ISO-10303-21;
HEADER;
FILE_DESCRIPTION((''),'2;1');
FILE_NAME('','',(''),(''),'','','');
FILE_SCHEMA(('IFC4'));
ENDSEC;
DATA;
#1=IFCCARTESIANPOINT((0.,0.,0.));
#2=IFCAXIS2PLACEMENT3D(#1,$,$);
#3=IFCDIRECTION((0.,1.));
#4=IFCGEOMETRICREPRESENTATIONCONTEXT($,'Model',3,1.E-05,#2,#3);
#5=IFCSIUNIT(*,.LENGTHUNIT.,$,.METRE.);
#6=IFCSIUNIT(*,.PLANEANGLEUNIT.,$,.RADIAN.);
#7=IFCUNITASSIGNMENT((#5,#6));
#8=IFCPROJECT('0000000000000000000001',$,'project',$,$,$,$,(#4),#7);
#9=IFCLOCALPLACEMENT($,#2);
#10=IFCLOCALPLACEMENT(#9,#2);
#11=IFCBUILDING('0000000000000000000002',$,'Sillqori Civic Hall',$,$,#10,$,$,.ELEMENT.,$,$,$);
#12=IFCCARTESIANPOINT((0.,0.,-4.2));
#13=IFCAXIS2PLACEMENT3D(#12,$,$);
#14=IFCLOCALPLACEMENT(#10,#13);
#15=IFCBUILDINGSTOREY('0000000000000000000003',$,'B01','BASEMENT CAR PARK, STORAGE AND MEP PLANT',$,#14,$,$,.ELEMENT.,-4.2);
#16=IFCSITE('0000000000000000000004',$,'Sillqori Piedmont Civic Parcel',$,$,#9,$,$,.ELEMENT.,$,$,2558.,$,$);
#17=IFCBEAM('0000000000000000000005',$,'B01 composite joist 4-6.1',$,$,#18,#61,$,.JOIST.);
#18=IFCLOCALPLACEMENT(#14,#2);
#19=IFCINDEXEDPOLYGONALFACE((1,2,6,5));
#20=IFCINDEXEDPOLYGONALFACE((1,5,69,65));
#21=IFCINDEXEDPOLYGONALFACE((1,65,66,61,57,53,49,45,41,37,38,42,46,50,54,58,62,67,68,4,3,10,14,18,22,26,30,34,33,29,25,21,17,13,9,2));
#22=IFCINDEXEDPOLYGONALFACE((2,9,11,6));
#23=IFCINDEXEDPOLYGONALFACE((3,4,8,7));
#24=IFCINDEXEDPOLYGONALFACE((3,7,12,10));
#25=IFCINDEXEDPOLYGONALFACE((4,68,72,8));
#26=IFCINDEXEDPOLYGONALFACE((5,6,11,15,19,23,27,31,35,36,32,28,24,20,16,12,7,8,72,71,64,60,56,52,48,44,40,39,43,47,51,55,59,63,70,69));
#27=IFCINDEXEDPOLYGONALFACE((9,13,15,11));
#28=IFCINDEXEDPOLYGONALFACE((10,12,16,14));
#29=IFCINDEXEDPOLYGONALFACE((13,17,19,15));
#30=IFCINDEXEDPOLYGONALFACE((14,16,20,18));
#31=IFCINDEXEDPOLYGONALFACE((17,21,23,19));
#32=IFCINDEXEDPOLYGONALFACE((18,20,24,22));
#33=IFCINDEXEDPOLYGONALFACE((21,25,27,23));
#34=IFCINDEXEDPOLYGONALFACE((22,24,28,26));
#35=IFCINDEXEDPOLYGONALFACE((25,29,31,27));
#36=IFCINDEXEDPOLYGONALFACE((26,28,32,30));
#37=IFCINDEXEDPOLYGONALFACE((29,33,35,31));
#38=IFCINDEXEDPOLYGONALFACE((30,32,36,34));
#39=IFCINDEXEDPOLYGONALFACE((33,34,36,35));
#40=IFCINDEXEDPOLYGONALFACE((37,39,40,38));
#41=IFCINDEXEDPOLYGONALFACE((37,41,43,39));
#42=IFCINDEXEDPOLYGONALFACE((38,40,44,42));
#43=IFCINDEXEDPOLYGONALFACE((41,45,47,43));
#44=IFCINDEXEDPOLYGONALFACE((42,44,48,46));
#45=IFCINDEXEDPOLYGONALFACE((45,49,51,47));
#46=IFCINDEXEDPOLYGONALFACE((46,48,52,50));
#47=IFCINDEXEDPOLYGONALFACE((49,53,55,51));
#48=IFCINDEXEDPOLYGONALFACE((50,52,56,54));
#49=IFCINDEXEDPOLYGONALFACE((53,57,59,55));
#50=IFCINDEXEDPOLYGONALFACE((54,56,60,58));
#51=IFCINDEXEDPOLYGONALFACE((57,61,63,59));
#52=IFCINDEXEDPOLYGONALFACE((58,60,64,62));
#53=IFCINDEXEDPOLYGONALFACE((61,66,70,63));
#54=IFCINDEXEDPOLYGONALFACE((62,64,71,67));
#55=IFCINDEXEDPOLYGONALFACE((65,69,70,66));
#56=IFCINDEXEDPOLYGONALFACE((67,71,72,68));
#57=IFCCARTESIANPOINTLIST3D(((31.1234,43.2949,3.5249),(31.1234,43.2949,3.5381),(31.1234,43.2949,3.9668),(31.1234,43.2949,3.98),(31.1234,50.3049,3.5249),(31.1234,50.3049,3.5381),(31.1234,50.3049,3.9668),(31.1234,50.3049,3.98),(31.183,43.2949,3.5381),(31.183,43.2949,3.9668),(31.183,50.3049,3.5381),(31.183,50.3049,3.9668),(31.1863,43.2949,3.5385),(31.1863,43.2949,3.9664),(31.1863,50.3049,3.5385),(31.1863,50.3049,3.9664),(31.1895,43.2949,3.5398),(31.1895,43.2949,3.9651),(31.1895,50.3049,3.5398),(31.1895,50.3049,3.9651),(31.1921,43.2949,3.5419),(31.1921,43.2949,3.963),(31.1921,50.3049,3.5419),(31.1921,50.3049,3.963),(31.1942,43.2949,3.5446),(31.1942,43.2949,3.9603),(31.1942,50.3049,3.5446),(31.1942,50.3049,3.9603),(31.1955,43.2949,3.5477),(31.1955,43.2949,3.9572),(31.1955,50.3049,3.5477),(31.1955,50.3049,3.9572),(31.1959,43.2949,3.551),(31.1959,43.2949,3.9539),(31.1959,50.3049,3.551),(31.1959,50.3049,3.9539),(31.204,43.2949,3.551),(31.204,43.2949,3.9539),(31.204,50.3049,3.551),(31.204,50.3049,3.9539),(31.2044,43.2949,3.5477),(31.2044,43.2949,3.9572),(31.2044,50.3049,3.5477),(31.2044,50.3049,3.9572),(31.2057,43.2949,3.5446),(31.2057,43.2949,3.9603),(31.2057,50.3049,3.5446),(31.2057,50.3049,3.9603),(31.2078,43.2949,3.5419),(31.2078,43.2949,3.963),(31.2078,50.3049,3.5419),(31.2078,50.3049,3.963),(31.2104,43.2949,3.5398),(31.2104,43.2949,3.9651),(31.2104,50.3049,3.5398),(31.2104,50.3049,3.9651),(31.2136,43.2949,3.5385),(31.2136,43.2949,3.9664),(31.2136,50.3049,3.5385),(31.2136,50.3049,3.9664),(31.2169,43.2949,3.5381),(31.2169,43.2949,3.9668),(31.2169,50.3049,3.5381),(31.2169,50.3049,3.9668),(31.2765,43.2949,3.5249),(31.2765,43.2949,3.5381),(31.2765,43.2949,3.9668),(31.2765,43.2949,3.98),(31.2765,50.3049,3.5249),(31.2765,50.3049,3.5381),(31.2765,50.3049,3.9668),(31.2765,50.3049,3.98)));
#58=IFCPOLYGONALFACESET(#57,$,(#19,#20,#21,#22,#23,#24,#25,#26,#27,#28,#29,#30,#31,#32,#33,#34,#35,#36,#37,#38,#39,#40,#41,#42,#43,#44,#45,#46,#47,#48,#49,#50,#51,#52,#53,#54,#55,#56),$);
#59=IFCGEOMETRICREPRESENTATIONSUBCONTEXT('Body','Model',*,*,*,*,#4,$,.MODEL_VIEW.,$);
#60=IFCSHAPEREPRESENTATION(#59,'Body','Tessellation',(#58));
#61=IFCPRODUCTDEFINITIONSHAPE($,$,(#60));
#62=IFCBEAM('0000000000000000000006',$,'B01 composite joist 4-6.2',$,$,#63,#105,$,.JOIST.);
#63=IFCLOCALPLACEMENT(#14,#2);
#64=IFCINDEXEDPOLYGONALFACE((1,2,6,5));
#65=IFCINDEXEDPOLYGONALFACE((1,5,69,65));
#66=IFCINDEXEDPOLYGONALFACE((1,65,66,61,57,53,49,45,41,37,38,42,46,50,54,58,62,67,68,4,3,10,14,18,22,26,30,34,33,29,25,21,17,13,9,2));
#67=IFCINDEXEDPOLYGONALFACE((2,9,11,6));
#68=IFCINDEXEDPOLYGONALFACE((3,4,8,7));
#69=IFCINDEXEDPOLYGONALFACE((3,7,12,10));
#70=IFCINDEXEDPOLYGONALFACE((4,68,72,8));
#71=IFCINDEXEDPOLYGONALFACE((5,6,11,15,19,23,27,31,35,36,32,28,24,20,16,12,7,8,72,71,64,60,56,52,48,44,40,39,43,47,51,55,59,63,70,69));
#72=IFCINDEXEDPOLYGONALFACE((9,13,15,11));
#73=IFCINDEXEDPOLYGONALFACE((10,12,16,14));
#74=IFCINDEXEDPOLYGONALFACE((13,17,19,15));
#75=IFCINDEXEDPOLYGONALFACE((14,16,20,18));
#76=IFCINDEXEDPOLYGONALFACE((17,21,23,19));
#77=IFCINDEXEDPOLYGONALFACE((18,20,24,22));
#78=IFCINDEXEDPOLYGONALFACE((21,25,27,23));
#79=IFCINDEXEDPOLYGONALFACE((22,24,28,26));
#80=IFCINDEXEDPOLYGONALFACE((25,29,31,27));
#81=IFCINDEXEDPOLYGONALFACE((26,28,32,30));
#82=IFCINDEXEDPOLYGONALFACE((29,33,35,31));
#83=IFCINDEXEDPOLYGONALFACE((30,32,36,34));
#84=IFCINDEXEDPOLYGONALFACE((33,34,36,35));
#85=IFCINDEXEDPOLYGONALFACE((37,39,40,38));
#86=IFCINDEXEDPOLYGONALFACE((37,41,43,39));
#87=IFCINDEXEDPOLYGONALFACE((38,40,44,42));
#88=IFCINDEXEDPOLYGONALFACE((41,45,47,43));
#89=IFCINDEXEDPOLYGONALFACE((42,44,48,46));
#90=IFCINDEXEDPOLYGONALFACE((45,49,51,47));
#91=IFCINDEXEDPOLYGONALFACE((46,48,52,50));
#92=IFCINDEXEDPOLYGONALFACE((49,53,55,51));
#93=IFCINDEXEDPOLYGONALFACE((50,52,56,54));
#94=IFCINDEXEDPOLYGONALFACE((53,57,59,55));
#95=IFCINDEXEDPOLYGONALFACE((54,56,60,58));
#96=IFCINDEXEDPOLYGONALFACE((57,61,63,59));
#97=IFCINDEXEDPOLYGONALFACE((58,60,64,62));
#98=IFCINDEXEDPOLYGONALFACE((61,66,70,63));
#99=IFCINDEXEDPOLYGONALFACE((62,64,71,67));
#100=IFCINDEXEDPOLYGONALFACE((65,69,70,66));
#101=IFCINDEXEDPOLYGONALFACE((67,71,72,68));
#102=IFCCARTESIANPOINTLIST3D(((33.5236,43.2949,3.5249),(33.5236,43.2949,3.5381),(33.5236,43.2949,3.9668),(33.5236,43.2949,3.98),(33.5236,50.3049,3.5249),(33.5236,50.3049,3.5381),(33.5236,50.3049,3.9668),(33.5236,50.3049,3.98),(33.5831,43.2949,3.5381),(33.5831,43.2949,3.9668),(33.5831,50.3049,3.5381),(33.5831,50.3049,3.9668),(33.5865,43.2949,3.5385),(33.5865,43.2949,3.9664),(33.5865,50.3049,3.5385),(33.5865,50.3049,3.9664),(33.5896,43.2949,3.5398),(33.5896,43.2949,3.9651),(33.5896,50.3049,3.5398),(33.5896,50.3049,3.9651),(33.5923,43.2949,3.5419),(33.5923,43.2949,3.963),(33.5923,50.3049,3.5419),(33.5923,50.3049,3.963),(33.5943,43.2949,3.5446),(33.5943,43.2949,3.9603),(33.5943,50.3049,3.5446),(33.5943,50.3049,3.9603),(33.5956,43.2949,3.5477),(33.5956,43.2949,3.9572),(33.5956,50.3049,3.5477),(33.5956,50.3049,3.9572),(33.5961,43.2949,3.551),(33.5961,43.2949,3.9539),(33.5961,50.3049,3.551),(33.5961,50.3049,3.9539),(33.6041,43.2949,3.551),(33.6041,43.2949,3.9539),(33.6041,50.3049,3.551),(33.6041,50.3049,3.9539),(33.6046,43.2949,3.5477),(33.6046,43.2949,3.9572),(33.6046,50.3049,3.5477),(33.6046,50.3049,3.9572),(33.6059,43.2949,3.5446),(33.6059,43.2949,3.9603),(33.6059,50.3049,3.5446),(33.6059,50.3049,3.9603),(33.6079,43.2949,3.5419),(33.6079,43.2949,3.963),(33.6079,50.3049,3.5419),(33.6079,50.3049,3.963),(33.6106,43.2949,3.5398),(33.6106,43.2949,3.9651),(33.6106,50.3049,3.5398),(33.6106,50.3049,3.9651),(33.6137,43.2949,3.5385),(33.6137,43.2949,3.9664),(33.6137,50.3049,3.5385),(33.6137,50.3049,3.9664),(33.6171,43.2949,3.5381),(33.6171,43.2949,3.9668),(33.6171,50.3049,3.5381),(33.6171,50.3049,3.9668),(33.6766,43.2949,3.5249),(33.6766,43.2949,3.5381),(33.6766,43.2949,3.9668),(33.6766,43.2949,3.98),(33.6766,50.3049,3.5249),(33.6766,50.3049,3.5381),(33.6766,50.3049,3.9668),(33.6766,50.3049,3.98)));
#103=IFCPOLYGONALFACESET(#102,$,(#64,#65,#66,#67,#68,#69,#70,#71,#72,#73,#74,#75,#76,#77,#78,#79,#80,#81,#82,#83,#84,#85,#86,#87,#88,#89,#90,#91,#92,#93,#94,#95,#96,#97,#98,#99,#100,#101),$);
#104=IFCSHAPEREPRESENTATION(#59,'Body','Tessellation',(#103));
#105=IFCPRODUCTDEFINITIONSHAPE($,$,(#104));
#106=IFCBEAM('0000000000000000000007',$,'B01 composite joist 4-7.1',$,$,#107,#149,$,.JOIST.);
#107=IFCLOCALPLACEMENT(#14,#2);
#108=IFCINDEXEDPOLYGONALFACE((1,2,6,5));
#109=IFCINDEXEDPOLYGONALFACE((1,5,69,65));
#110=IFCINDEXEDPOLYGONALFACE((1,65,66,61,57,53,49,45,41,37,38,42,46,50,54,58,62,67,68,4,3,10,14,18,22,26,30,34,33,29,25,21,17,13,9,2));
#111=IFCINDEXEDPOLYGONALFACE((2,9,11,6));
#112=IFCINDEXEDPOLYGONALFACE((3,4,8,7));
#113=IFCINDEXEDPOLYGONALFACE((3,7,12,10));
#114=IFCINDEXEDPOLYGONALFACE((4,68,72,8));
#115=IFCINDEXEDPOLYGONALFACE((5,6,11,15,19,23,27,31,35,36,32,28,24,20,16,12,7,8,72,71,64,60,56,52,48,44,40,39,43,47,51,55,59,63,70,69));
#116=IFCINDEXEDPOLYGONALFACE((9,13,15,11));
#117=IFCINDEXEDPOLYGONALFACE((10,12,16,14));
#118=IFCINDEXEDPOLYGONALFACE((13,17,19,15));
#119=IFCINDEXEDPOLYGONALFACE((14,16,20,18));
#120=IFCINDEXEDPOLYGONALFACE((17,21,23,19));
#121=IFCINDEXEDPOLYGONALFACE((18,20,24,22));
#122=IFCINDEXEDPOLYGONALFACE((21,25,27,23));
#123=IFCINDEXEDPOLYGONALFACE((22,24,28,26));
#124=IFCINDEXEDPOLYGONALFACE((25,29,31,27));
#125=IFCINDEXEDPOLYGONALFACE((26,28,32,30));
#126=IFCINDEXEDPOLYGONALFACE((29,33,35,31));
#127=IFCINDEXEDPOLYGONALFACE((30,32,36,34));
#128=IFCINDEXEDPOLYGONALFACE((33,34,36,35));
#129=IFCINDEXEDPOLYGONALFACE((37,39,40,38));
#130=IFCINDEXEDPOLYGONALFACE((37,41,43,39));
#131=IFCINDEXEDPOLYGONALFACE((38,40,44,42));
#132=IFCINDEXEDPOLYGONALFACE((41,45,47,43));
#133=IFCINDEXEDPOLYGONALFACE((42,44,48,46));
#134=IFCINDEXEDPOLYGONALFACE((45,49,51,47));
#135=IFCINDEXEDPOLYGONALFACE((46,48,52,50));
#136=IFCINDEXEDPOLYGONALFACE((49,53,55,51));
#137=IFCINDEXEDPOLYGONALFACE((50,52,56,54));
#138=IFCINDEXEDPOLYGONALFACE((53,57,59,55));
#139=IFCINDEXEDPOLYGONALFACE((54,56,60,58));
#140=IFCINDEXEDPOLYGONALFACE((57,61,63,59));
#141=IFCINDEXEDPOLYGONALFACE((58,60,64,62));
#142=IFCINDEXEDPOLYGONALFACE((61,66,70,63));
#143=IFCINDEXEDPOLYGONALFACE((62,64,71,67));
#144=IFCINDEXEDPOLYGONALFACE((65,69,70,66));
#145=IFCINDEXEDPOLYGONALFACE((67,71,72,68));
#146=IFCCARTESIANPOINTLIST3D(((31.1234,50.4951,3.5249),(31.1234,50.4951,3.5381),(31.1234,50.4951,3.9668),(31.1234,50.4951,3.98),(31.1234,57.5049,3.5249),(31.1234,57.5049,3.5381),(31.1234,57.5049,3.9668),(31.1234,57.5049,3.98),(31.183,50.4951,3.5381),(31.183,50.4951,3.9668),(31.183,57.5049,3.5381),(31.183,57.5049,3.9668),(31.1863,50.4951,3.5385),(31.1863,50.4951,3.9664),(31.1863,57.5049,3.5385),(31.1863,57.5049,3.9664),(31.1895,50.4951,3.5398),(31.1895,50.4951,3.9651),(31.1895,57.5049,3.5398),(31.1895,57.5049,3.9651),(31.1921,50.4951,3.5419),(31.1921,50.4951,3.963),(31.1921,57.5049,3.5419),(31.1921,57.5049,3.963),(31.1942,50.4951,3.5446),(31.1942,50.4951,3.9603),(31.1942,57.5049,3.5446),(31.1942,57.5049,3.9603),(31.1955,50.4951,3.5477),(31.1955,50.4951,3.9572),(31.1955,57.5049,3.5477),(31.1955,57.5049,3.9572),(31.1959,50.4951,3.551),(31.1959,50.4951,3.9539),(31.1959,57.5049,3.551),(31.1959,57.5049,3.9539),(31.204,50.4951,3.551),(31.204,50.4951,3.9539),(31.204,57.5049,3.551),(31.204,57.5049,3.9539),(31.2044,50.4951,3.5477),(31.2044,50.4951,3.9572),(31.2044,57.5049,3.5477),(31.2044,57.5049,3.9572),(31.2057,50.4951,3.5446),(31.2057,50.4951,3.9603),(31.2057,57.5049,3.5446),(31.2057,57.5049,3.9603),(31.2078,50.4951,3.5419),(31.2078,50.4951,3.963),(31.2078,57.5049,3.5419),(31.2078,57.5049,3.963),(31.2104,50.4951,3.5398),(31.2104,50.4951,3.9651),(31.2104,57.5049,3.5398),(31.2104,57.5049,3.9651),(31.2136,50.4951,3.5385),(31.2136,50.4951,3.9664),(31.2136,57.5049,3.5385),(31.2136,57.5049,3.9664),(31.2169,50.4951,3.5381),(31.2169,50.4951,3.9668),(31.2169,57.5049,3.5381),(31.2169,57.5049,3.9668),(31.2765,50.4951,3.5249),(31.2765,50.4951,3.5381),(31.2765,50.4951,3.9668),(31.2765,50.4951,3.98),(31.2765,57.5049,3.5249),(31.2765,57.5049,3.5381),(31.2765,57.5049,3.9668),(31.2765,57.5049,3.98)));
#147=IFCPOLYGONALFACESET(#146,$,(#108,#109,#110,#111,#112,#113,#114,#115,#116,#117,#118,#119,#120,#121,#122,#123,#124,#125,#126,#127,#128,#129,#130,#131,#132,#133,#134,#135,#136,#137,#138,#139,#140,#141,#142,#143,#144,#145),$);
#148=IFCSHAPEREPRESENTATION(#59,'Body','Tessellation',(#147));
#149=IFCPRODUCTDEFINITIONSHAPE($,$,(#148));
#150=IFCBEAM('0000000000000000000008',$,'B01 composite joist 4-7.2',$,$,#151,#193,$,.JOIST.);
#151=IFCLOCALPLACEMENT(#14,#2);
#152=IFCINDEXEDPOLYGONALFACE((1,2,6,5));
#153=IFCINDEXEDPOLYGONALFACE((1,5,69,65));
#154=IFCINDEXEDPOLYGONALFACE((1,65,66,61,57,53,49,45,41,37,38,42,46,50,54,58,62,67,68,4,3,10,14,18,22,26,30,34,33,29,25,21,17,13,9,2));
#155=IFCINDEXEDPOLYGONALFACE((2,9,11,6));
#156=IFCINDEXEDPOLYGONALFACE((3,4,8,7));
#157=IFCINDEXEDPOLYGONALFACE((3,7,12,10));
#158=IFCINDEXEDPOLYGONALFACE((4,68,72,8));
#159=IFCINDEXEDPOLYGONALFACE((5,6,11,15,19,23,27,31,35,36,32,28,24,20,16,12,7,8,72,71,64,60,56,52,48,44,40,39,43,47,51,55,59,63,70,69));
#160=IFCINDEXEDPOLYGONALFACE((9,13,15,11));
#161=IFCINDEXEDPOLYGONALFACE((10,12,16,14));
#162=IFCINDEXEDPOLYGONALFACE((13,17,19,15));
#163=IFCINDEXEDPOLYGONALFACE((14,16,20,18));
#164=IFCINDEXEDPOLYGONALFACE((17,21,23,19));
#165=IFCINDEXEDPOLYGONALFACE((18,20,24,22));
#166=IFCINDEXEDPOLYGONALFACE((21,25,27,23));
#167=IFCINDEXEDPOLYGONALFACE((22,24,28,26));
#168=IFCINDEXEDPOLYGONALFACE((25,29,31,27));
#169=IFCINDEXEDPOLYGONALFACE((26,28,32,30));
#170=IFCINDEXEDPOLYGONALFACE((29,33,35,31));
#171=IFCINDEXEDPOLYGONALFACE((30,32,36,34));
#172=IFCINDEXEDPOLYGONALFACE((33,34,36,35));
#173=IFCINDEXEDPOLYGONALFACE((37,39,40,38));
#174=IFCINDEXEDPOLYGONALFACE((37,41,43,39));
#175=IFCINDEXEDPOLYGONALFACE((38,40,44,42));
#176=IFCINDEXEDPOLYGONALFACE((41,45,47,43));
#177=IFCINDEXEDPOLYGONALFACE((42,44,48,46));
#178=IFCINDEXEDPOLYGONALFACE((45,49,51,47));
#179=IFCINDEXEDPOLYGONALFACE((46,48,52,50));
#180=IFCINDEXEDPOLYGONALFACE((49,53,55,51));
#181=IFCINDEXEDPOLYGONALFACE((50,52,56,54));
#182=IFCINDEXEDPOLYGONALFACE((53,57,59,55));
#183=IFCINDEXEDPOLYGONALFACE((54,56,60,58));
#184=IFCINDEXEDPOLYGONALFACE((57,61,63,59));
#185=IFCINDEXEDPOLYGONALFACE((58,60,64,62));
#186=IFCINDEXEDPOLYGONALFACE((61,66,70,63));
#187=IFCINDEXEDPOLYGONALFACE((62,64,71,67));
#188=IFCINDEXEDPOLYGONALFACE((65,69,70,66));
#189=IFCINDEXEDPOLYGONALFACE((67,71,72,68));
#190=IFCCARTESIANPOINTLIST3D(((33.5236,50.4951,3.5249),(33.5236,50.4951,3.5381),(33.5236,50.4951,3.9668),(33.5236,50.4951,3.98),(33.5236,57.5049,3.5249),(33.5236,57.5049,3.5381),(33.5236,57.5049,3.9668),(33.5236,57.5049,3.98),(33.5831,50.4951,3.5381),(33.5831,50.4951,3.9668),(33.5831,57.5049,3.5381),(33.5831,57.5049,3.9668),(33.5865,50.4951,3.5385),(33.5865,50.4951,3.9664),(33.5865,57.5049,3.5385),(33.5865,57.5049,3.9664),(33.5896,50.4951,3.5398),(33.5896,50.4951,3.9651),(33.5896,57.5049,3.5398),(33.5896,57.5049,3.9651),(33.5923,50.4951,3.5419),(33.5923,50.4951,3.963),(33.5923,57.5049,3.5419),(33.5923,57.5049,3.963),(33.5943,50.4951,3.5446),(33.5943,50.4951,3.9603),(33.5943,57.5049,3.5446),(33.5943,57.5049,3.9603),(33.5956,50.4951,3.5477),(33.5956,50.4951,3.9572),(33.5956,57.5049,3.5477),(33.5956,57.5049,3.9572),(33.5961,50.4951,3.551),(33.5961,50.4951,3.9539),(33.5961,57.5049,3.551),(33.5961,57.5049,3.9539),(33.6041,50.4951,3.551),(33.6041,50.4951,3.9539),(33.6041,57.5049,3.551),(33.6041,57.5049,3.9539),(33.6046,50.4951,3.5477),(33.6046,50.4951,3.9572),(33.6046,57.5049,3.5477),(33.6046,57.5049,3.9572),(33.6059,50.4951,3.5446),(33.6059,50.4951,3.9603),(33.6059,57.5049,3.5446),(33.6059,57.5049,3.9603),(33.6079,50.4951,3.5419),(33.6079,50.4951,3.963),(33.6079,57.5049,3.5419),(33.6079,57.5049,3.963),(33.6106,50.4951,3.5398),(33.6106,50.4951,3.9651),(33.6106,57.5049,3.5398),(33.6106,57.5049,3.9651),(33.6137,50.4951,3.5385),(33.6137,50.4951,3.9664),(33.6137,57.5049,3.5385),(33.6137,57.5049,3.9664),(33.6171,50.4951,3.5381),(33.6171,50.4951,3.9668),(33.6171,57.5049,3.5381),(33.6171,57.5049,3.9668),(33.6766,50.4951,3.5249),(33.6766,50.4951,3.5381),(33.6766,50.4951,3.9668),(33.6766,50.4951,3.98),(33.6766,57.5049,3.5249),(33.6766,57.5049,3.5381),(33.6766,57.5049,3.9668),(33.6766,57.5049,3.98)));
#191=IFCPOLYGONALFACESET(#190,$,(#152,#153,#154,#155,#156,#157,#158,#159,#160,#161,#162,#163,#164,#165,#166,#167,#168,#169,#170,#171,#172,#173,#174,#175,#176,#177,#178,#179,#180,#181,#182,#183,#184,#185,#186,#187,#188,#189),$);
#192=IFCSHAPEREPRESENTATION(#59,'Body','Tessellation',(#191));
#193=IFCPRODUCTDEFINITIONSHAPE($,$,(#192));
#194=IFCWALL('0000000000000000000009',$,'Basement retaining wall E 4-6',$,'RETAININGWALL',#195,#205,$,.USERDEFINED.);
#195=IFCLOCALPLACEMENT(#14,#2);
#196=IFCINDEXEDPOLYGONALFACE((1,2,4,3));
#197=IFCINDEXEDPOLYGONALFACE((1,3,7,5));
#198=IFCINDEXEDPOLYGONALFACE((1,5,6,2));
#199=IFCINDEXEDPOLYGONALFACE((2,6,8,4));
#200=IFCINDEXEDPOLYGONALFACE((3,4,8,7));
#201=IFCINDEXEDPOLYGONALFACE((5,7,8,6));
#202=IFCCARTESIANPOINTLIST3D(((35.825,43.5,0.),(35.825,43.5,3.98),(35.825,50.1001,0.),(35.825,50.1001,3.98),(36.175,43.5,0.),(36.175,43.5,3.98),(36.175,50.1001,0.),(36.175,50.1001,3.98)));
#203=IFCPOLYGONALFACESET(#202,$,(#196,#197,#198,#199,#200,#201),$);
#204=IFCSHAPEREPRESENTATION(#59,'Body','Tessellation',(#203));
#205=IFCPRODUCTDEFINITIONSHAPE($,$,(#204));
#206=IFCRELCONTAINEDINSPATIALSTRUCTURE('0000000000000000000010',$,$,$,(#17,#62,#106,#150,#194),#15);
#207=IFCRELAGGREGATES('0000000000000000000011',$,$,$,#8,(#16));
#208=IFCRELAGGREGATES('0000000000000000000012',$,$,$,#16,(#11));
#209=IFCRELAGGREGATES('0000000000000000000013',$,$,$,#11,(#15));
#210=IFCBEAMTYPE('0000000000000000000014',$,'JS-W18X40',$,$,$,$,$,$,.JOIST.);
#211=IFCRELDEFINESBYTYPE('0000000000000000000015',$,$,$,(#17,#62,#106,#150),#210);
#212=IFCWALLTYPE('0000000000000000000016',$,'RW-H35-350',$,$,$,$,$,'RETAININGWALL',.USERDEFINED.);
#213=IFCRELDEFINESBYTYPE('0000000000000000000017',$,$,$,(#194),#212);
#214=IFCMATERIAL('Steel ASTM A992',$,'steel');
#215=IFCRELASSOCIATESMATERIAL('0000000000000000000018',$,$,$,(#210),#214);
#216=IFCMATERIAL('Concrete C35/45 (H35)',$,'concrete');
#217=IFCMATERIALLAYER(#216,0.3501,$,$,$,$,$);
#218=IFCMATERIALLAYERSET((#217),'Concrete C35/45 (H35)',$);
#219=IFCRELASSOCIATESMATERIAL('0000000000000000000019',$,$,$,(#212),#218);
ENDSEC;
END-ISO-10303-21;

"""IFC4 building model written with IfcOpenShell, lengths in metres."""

from ifc_helpers import new_model, si_unit, direction, frame, frame_2d, origin, origin_2d, place, context, subcontext, project, spatial, rectangle, i_section, extrude, material, layer, layer_set, material_profile, profile_set, type_object, element, save


model = new_model("IFC4")

# Units and contexts
model_context = context("Model", 3, precision=1e-05, world=origin(), true_north=direction((0.0, 1.0)))
body_context = subcontext(model_context, "Body", "Model", "MODEL_VIEW")
ifc_project = project(units=[si_unit("LENGTHUNIT", "METRE"), si_unit("PLANEANGLEUNIT", "RADIAN")], contexts=[model_context])

# Site, building, storey
site_placement = place(None, origin())
site = spatial("IfcSite", under=ifc_project, at=site_placement, Name="Sillqori Piedmont Civic Parcel", CompositionType="ELEMENT", RefElevation=2558.0)
building_placement = place(site_placement, origin())
building = spatial("IfcBuilding", under=site, at=building_placement, Name="Sillqori Civic Hall", CompositionType="ELEMENT")
storey_placement = place(building_placement, frame((0.0, 0.0, -4.2)))
storey = spatial("IfcBuildingStorey", under=building, at=storey_placement, Name="B01", Description="BASEMENT CAR PARK, STORAGE AND MEP PLANT", CompositionType="ELEMENT", Elevation=-4.2)

# Shared definitions
ifc_material_1 = material(Name="Concrete C35/45 (H35)", Category="concrete")

# Beams
ifc_material_2 = material(Name="Steel ASTM A992", Category="steel")
ifc_material_profile_1 = material_profile(ifc_material_2, i_section(OverallWidth=0.1531, OverallDepth=0.4551, WebThickness=0.0081, FlangeThickness=0.0132, FilletRadius=0.0129, at=origin_2d()), Name="W18X40")
ifc_profile_set_1 = profile_set([ifc_material_profile_1], Name="Steel ASTM A992")
beam_type_1 = type_object("IfcBeamType", Name="JS-W18X40", PredefinedType="JOIST", material=ifc_profile_set_1)
for number, where, z_axis, x_axis, name in (
    (1, (31.2, 43.2949, 3.7524), (0.0, 1.0, 0.0), (-1.0, 0.0, 0.0), "B01 composite joist 4-6.1"),
    (2, (33.6001, 43.2949, 3.7524), (0.0, 1.0, 0.0), (-1.0, 0.0, 0.0), "B01 composite joist 4-6.2"),
):
    element("IfcBeam", number, at=place(storey_placement, frame(where, z_axis=z_axis, x_axis=x_axis)), inside=storey, type_object=beam_type_1, Name=name, PredefinedType="JOIST", context=body_context, shape_type="SweptSolid", body=[
        extrude(i_section(OverallWidth=0.1531, OverallDepth=0.4551, WebThickness=0.0081, FlangeThickness=0.0132, FilletRadius=0.0129, at=origin_2d()), origin(), (0.0, 0.0, 1.0), 7.01),
    ])
for number, where, z_axis, x_axis, name in (
    (3, (31.2, 50.4951, 3.7524), (0.0, 1.0, 0.0), (-1.0, 0.0, 0.0), "B01 composite joist 4-7.1"),
    (4, (33.6001, 50.4951, 3.7524), (0.0, 1.0, 0.0), (-1.0, 0.0, 0.0), "B01 composite joist 4-7.2"),
):
    element("IfcBeam", number, at=place(storey_placement, frame(where, z_axis=z_axis, x_axis=x_axis)), inside=storey, type_object=beam_type_1, Name=name, PredefinedType="JOIST", context=body_context, shape_type="SweptSolid", body=[
        extrude(i_section(OverallWidth=0.1531, OverallDepth=0.4551, WebThickness=0.0081, FlangeThickness=0.0132, FilletRadius=0.0129, at=origin_2d()), origin(), (0.0, 0.0, 1.0), 7.0098),
    ])

# Wall
ifc_layer = layer(ifc_material_1, 0.3501)
ifc_layer_set = layer_set([ifc_layer], Name="Concrete C35/45 (H35)")
wall_type = type_object("IfcWallType", Name="RW-H35-350", ElementType="RETAININGWALL", PredefinedType="USERDEFINED", material=ifc_layer_set)
wall_1_placement = place(storey_placement, frame((36.0, 43.5, 0.0), z_axis=(0.0, 0.0, 1.0), x_axis=(0.0, 1.0, 0.0)))
element("IfcWall", 5, at=wall_1_placement, inside=storey, type_object=wall_type, Name="Basement retaining wall E 4-6", ObjectType="RETAININGWALL", PredefinedType="USERDEFINED", context=body_context, shape_type="SweptSolid", body=[
    extrude(rectangle(XDim=6.6001, YDim=0.3501, at=frame_2d((3.3, 0.0))), origin(), (0.0, 0.0, 1.0), 3.98),
])

save(model, "model.ifc")
